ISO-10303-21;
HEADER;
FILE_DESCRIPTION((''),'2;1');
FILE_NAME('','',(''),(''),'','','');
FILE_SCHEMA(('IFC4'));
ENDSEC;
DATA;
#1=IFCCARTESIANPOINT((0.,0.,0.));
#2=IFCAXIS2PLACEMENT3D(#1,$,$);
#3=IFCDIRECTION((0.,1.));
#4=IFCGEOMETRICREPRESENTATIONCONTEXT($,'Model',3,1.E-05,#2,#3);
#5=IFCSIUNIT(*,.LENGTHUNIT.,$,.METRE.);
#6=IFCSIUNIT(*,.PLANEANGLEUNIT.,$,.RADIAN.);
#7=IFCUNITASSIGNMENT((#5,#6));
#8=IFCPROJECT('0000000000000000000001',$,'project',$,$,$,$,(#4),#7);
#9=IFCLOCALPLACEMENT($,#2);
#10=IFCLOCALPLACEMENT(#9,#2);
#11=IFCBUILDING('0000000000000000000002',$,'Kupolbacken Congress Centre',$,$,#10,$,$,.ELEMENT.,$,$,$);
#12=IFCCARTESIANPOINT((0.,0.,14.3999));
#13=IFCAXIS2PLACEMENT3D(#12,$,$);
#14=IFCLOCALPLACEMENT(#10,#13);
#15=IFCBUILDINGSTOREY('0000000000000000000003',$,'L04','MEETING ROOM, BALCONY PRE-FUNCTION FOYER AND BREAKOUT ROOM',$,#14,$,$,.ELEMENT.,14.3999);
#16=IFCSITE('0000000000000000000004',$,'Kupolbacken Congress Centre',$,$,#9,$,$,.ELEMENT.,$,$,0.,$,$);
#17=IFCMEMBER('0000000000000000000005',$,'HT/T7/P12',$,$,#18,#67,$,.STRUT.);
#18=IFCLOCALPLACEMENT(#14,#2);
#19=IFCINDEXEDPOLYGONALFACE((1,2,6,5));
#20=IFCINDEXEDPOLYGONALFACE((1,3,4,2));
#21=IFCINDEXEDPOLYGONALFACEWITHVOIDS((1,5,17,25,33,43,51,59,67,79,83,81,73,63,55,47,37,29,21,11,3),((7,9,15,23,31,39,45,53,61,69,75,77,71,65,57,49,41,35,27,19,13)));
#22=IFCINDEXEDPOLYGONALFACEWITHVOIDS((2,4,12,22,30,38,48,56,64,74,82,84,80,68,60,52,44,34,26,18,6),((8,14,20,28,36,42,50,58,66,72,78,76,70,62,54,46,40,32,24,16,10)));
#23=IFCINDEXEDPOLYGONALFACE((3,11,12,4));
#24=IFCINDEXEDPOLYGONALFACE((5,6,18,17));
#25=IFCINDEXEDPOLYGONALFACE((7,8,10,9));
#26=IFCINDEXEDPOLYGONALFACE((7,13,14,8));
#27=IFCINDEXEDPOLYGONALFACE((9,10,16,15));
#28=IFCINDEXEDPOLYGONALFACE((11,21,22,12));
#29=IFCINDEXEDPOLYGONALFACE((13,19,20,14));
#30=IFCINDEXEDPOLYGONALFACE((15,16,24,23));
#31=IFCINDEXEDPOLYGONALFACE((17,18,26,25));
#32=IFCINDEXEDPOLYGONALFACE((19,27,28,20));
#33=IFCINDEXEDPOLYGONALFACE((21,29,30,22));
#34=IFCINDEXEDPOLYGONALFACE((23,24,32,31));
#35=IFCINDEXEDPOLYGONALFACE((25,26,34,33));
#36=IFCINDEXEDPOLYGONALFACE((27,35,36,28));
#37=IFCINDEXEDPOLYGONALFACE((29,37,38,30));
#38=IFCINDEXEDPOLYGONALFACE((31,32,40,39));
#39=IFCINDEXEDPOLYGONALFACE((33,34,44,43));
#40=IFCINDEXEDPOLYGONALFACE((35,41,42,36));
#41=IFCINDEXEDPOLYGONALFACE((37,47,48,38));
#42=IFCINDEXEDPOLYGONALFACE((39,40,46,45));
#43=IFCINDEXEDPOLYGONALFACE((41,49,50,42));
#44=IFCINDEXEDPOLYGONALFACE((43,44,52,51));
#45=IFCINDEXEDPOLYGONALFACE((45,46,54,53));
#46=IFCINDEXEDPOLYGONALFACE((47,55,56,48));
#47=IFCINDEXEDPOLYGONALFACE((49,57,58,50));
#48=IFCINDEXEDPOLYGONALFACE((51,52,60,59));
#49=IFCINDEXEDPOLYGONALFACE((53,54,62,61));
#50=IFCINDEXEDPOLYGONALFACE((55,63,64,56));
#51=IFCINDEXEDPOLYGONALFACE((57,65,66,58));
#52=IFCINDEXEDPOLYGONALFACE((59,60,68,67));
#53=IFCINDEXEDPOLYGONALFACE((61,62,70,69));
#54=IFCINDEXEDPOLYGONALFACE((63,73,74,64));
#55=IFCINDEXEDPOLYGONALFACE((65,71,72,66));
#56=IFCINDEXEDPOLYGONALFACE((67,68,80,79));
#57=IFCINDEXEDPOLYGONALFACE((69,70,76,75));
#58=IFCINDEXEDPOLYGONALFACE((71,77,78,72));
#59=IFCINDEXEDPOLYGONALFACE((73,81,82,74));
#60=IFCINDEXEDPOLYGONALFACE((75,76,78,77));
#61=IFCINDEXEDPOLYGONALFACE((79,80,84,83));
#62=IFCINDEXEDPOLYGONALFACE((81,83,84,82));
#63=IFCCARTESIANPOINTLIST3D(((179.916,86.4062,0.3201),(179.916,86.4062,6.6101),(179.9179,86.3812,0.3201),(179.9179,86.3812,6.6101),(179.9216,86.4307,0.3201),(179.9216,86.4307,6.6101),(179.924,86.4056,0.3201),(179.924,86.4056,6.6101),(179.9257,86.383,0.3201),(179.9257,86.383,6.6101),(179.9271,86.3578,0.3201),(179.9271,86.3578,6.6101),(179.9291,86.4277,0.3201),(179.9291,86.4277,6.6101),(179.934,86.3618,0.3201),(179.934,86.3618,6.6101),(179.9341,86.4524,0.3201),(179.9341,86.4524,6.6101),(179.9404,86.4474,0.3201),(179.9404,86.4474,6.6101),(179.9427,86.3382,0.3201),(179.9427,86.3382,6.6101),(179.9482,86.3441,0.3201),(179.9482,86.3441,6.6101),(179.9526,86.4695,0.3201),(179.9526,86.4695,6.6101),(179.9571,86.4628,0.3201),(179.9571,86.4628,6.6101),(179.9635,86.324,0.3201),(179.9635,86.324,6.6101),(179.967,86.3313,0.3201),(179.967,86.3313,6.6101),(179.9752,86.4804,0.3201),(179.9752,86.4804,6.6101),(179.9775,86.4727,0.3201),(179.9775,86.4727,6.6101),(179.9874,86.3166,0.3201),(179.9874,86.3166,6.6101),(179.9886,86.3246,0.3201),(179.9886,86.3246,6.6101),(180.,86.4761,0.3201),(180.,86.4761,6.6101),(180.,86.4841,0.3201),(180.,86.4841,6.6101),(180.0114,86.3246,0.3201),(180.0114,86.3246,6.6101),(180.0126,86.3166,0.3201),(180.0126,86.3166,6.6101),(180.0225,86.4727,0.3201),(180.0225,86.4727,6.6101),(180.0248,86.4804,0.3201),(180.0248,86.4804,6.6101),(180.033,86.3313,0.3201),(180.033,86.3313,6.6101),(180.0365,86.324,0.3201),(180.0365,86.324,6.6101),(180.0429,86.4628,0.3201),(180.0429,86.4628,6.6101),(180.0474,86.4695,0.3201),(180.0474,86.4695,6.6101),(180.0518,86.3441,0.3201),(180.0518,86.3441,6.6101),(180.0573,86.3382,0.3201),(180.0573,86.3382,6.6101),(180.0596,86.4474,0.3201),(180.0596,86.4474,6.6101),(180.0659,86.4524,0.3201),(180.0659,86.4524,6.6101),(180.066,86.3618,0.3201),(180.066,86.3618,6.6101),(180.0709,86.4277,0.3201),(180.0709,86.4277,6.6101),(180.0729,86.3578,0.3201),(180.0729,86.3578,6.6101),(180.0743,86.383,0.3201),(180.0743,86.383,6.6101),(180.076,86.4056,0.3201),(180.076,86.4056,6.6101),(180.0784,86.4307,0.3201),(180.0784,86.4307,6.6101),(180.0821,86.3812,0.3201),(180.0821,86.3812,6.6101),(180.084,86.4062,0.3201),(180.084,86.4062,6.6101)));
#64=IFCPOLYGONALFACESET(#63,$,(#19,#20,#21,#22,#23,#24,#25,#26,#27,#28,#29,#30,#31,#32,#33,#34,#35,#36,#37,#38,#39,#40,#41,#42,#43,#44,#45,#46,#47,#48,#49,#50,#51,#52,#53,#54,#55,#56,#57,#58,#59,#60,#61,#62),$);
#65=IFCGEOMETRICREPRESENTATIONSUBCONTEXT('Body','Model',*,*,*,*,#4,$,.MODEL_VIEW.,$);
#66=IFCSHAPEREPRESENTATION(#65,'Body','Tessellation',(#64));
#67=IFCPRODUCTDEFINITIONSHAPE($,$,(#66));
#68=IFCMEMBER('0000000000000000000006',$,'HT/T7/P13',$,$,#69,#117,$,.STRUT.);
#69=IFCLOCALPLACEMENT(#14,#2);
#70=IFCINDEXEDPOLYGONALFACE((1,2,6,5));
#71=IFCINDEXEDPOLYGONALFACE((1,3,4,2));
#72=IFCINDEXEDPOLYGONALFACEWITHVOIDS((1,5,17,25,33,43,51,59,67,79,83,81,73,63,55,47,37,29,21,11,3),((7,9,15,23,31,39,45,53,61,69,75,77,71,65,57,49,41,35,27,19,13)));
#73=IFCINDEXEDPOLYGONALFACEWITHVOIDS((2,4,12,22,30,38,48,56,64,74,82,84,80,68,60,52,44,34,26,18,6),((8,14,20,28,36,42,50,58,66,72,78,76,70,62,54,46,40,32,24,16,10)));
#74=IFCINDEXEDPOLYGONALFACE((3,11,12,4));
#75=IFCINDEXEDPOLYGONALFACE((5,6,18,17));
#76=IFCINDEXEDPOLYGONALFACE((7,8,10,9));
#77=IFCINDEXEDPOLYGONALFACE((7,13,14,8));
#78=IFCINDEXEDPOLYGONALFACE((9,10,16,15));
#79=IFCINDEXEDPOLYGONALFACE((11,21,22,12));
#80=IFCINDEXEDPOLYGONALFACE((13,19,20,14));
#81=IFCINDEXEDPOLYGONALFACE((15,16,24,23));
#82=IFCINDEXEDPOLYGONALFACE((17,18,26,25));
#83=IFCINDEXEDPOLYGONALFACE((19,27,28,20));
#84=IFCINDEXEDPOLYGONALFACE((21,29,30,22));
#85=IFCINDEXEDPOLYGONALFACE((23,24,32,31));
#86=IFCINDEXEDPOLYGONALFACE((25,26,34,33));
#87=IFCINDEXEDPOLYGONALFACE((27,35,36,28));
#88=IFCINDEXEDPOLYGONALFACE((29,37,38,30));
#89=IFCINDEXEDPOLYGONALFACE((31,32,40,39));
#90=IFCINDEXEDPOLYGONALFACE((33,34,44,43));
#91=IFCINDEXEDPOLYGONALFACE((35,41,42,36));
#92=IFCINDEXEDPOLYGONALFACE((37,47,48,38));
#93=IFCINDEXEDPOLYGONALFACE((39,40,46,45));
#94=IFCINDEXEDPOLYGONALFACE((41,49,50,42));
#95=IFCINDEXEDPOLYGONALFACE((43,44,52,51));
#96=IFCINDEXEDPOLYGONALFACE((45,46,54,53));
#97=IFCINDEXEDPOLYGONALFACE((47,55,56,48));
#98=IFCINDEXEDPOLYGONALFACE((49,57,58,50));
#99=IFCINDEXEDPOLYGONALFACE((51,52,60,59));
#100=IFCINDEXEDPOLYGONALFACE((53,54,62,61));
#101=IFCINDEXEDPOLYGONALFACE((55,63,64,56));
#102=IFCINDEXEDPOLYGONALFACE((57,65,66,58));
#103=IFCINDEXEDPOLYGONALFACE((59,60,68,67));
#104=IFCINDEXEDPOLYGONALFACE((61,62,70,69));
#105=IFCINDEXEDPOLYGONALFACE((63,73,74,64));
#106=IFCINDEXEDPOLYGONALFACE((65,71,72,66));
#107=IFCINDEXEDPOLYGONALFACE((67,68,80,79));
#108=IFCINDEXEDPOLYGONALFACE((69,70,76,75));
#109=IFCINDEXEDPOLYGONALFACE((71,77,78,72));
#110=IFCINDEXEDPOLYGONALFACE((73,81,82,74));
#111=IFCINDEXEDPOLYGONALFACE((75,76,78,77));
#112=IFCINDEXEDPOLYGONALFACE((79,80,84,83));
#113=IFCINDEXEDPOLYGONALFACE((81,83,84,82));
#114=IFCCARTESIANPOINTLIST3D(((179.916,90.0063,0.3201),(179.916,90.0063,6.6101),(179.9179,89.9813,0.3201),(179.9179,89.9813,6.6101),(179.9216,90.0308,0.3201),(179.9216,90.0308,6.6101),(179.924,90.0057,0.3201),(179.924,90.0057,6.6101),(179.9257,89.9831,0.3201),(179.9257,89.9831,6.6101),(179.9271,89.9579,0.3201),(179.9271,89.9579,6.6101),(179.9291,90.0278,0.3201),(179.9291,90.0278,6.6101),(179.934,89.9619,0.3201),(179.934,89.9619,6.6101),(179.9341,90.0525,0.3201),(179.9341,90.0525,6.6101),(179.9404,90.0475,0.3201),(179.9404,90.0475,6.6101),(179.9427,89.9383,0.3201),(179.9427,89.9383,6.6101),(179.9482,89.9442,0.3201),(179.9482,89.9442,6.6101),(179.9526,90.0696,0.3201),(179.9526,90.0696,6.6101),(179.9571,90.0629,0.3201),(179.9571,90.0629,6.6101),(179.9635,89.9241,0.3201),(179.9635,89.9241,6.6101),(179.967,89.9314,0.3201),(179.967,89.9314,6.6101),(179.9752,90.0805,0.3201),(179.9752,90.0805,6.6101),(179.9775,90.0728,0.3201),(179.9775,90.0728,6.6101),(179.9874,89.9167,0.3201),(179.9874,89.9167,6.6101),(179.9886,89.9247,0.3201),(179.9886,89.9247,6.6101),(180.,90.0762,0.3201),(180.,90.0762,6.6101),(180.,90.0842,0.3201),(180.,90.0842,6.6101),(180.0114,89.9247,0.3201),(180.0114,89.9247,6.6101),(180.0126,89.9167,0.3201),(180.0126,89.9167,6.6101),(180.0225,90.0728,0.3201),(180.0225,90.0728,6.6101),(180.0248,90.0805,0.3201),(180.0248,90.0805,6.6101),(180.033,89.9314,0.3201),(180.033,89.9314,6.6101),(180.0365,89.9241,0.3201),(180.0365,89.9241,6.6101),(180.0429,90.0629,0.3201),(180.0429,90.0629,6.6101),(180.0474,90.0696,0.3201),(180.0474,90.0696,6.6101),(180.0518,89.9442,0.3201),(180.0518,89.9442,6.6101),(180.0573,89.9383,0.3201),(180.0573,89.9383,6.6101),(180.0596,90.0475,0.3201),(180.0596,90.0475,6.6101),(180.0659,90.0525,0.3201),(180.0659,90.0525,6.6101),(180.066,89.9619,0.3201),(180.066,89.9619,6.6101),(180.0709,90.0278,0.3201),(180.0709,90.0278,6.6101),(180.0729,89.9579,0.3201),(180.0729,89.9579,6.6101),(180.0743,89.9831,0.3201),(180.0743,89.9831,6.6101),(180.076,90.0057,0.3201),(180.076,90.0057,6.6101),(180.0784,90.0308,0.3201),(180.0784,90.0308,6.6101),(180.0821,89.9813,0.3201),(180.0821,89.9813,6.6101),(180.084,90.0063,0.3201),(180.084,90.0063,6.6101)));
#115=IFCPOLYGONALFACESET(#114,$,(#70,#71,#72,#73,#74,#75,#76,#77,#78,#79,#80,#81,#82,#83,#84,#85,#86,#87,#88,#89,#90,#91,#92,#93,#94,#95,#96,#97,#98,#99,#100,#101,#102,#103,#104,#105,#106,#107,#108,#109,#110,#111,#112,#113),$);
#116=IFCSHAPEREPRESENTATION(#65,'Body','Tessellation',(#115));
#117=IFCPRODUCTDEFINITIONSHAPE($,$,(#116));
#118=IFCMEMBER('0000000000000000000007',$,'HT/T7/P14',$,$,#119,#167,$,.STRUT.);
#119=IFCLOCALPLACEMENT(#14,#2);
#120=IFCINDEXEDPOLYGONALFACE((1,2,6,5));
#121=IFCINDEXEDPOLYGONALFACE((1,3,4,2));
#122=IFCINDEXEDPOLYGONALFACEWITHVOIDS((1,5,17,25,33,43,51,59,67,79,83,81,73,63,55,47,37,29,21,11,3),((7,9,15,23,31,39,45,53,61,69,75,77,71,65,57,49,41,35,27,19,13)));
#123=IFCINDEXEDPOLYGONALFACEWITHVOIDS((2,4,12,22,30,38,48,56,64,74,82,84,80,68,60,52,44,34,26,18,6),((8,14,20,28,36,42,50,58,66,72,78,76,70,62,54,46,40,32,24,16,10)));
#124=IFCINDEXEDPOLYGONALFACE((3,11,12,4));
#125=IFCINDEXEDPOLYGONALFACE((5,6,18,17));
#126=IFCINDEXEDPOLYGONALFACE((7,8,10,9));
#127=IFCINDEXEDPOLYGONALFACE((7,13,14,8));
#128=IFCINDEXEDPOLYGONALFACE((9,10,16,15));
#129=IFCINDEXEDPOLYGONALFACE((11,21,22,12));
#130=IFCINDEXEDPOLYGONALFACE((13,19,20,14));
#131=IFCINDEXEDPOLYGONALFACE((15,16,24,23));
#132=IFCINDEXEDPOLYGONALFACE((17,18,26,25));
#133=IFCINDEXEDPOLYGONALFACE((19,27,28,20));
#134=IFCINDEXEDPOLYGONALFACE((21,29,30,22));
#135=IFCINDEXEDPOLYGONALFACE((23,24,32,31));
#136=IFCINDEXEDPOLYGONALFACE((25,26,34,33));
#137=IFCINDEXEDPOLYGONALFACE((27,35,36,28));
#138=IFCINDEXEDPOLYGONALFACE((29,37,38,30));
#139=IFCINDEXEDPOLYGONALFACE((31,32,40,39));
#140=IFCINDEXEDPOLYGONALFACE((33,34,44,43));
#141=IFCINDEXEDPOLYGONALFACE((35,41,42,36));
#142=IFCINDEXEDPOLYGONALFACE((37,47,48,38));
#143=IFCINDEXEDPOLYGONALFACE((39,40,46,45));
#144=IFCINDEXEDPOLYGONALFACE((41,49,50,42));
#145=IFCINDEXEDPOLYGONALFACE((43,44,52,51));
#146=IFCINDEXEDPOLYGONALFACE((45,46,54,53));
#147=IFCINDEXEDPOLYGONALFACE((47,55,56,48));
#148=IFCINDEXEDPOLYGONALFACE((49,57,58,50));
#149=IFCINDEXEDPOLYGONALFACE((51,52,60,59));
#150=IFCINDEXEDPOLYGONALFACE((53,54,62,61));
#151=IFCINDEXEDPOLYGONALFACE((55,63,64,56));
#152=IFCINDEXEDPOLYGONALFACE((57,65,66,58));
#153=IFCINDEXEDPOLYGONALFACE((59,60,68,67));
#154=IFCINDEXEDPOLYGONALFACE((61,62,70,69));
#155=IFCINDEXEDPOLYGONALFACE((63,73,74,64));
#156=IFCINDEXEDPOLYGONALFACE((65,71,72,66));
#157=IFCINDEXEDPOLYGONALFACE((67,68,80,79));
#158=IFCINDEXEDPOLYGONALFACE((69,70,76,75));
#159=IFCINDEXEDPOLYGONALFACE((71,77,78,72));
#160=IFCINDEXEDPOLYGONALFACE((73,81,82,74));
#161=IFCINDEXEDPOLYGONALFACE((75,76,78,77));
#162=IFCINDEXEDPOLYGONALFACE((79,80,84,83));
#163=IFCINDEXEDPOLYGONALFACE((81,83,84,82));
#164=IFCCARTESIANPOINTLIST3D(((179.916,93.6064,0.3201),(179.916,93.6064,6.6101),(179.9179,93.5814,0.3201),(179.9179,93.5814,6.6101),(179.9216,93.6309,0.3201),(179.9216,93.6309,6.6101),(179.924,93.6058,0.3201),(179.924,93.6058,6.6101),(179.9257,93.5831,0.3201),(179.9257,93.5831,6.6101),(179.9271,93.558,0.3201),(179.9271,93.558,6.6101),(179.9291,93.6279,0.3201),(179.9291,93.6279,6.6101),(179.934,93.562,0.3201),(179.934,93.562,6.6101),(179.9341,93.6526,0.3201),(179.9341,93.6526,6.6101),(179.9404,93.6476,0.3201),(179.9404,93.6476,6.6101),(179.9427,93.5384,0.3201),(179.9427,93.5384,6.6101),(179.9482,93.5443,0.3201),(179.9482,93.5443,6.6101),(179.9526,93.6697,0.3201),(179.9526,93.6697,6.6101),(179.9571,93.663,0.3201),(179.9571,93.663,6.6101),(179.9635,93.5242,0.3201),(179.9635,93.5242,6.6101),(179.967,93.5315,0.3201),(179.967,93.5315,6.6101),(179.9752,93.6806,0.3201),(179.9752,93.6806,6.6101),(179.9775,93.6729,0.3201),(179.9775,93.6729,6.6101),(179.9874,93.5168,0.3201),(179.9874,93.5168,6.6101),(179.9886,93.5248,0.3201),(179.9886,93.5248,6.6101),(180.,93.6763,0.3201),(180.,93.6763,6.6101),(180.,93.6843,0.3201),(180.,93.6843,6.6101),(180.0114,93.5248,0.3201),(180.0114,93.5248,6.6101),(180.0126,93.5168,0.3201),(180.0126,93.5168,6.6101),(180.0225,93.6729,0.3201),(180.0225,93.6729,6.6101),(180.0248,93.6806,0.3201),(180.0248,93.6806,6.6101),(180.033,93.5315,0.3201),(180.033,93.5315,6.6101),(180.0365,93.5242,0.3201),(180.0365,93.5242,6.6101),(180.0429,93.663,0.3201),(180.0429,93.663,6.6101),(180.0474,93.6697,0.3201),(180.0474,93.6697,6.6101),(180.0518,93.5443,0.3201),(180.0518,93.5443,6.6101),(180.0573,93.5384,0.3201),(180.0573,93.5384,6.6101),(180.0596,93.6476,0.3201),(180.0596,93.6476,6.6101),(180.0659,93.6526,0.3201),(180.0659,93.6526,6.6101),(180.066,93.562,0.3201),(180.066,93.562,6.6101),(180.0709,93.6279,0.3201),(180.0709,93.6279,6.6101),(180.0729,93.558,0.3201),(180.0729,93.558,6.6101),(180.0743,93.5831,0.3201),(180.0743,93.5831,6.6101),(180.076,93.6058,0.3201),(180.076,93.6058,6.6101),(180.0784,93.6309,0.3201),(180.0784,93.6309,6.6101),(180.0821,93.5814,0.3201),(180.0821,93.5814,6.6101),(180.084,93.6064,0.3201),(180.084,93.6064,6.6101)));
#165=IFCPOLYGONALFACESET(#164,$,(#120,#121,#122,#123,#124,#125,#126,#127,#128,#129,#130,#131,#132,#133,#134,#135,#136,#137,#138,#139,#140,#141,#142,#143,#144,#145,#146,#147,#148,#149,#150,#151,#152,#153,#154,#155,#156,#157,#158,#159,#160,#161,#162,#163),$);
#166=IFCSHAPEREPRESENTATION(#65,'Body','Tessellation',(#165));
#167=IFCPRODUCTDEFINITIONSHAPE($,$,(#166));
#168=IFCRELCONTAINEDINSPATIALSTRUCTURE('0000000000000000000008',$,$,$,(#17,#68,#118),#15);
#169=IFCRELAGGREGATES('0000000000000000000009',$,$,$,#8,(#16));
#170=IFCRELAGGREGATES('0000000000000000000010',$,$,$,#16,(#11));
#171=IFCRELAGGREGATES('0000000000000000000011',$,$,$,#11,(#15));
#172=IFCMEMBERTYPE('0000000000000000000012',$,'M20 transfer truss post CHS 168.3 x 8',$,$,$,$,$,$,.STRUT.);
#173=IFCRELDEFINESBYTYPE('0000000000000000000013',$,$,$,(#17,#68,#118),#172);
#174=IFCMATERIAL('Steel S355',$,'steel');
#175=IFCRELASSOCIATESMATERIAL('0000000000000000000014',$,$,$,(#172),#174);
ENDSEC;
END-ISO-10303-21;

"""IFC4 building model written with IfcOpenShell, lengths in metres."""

from ifc_helpers import new_model, si_unit, direction, frame, origin, origin_2d, place, context, subcontext, project, spatial, hollow_circle, extrude, material, material_profile, profile_set, type_object, element, save


model = new_model("IFC4")

# Units and contexts
model_context = context("Model", 3, precision=1e-05, world=origin(), true_north=direction((0.0, 1.0)))
body_context = subcontext(model_context, "Body", "Model", "MODEL_VIEW")
ifc_project = project(units=[si_unit("LENGTHUNIT", "METRE"), si_unit("PLANEANGLEUNIT", "RADIAN")], contexts=[model_context])

# Site, building, storey
site_placement = place(None, origin())
site = spatial("IfcSite", under=ifc_project, at=site_placement, Name="Kupolbacken Congress Centre", CompositionType="ELEMENT", RefElevation=0.0)
building_placement = place(site_placement, origin())
building = spatial("IfcBuilding", under=site, at=building_placement, Name="Kupolbacken Congress Centre", CompositionType="ELEMENT")
storey_placement = place(building_placement, frame((0.0, 0.0, 14.3999)))
storey = spatial("IfcBuildingStorey", under=building, at=storey_placement, Name="L04", Description="MEETING ROOM, BALCONY PRE-FUNCTION FOYER AND BREAKOUT ROOM", CompositionType="ELEMENT", Elevation=14.3999)

# Members
ifc_material_1 = material(Name="Steel S355", Category="steel")
ifc_material_profile_1 = material_profile(ifc_material_1, hollow_circle(Radius=0.0842, WallThickness=0.0081, at=origin_2d()), Name="CHS 168.3 x 8")
ifc_profile_set_1 = profile_set([ifc_material_profile_1], Name="Steel S355")
member_type_1 = type_object("IfcMemberType", Name="M20 transfer truss post CHS 168.3 x 8", PredefinedType="STRUT", material=ifc_profile_set_1)
for number, where, z_axis, x_axis, name in (
    (1, (180.0, 86.3999, 0.3201), (0.0, 0.0, 1.0), (0.0, 1.0, 0.0), "HT/T7/P12"),
    (2, (180.0, 90.0, 0.3201), (0.0, 0.0, 1.0), (0.0, 1.0, 0.0), "HT/T7/P13"),
    (3, (180.0, 93.6001, 0.3201), (0.0, 0.0, 1.0), (0.0, 1.0, 0.0), "HT/T7/P14"),
):
    element("IfcMember", number, at=place(storey_placement, frame(where, z_axis=z_axis, x_axis=x_axis)), inside=storey, type_object=member_type_1, Name=name, PredefinedType="STRUT", context=body_context, shape_type="SweptSolid", body=[
        extrude(hollow_circle(Radius=0.0842, WallThickness=0.0081, at=origin_2d()), origin(), (0.0, 0.0, 1.0), 6.29),
    ])

save(model, "model.ifc")
